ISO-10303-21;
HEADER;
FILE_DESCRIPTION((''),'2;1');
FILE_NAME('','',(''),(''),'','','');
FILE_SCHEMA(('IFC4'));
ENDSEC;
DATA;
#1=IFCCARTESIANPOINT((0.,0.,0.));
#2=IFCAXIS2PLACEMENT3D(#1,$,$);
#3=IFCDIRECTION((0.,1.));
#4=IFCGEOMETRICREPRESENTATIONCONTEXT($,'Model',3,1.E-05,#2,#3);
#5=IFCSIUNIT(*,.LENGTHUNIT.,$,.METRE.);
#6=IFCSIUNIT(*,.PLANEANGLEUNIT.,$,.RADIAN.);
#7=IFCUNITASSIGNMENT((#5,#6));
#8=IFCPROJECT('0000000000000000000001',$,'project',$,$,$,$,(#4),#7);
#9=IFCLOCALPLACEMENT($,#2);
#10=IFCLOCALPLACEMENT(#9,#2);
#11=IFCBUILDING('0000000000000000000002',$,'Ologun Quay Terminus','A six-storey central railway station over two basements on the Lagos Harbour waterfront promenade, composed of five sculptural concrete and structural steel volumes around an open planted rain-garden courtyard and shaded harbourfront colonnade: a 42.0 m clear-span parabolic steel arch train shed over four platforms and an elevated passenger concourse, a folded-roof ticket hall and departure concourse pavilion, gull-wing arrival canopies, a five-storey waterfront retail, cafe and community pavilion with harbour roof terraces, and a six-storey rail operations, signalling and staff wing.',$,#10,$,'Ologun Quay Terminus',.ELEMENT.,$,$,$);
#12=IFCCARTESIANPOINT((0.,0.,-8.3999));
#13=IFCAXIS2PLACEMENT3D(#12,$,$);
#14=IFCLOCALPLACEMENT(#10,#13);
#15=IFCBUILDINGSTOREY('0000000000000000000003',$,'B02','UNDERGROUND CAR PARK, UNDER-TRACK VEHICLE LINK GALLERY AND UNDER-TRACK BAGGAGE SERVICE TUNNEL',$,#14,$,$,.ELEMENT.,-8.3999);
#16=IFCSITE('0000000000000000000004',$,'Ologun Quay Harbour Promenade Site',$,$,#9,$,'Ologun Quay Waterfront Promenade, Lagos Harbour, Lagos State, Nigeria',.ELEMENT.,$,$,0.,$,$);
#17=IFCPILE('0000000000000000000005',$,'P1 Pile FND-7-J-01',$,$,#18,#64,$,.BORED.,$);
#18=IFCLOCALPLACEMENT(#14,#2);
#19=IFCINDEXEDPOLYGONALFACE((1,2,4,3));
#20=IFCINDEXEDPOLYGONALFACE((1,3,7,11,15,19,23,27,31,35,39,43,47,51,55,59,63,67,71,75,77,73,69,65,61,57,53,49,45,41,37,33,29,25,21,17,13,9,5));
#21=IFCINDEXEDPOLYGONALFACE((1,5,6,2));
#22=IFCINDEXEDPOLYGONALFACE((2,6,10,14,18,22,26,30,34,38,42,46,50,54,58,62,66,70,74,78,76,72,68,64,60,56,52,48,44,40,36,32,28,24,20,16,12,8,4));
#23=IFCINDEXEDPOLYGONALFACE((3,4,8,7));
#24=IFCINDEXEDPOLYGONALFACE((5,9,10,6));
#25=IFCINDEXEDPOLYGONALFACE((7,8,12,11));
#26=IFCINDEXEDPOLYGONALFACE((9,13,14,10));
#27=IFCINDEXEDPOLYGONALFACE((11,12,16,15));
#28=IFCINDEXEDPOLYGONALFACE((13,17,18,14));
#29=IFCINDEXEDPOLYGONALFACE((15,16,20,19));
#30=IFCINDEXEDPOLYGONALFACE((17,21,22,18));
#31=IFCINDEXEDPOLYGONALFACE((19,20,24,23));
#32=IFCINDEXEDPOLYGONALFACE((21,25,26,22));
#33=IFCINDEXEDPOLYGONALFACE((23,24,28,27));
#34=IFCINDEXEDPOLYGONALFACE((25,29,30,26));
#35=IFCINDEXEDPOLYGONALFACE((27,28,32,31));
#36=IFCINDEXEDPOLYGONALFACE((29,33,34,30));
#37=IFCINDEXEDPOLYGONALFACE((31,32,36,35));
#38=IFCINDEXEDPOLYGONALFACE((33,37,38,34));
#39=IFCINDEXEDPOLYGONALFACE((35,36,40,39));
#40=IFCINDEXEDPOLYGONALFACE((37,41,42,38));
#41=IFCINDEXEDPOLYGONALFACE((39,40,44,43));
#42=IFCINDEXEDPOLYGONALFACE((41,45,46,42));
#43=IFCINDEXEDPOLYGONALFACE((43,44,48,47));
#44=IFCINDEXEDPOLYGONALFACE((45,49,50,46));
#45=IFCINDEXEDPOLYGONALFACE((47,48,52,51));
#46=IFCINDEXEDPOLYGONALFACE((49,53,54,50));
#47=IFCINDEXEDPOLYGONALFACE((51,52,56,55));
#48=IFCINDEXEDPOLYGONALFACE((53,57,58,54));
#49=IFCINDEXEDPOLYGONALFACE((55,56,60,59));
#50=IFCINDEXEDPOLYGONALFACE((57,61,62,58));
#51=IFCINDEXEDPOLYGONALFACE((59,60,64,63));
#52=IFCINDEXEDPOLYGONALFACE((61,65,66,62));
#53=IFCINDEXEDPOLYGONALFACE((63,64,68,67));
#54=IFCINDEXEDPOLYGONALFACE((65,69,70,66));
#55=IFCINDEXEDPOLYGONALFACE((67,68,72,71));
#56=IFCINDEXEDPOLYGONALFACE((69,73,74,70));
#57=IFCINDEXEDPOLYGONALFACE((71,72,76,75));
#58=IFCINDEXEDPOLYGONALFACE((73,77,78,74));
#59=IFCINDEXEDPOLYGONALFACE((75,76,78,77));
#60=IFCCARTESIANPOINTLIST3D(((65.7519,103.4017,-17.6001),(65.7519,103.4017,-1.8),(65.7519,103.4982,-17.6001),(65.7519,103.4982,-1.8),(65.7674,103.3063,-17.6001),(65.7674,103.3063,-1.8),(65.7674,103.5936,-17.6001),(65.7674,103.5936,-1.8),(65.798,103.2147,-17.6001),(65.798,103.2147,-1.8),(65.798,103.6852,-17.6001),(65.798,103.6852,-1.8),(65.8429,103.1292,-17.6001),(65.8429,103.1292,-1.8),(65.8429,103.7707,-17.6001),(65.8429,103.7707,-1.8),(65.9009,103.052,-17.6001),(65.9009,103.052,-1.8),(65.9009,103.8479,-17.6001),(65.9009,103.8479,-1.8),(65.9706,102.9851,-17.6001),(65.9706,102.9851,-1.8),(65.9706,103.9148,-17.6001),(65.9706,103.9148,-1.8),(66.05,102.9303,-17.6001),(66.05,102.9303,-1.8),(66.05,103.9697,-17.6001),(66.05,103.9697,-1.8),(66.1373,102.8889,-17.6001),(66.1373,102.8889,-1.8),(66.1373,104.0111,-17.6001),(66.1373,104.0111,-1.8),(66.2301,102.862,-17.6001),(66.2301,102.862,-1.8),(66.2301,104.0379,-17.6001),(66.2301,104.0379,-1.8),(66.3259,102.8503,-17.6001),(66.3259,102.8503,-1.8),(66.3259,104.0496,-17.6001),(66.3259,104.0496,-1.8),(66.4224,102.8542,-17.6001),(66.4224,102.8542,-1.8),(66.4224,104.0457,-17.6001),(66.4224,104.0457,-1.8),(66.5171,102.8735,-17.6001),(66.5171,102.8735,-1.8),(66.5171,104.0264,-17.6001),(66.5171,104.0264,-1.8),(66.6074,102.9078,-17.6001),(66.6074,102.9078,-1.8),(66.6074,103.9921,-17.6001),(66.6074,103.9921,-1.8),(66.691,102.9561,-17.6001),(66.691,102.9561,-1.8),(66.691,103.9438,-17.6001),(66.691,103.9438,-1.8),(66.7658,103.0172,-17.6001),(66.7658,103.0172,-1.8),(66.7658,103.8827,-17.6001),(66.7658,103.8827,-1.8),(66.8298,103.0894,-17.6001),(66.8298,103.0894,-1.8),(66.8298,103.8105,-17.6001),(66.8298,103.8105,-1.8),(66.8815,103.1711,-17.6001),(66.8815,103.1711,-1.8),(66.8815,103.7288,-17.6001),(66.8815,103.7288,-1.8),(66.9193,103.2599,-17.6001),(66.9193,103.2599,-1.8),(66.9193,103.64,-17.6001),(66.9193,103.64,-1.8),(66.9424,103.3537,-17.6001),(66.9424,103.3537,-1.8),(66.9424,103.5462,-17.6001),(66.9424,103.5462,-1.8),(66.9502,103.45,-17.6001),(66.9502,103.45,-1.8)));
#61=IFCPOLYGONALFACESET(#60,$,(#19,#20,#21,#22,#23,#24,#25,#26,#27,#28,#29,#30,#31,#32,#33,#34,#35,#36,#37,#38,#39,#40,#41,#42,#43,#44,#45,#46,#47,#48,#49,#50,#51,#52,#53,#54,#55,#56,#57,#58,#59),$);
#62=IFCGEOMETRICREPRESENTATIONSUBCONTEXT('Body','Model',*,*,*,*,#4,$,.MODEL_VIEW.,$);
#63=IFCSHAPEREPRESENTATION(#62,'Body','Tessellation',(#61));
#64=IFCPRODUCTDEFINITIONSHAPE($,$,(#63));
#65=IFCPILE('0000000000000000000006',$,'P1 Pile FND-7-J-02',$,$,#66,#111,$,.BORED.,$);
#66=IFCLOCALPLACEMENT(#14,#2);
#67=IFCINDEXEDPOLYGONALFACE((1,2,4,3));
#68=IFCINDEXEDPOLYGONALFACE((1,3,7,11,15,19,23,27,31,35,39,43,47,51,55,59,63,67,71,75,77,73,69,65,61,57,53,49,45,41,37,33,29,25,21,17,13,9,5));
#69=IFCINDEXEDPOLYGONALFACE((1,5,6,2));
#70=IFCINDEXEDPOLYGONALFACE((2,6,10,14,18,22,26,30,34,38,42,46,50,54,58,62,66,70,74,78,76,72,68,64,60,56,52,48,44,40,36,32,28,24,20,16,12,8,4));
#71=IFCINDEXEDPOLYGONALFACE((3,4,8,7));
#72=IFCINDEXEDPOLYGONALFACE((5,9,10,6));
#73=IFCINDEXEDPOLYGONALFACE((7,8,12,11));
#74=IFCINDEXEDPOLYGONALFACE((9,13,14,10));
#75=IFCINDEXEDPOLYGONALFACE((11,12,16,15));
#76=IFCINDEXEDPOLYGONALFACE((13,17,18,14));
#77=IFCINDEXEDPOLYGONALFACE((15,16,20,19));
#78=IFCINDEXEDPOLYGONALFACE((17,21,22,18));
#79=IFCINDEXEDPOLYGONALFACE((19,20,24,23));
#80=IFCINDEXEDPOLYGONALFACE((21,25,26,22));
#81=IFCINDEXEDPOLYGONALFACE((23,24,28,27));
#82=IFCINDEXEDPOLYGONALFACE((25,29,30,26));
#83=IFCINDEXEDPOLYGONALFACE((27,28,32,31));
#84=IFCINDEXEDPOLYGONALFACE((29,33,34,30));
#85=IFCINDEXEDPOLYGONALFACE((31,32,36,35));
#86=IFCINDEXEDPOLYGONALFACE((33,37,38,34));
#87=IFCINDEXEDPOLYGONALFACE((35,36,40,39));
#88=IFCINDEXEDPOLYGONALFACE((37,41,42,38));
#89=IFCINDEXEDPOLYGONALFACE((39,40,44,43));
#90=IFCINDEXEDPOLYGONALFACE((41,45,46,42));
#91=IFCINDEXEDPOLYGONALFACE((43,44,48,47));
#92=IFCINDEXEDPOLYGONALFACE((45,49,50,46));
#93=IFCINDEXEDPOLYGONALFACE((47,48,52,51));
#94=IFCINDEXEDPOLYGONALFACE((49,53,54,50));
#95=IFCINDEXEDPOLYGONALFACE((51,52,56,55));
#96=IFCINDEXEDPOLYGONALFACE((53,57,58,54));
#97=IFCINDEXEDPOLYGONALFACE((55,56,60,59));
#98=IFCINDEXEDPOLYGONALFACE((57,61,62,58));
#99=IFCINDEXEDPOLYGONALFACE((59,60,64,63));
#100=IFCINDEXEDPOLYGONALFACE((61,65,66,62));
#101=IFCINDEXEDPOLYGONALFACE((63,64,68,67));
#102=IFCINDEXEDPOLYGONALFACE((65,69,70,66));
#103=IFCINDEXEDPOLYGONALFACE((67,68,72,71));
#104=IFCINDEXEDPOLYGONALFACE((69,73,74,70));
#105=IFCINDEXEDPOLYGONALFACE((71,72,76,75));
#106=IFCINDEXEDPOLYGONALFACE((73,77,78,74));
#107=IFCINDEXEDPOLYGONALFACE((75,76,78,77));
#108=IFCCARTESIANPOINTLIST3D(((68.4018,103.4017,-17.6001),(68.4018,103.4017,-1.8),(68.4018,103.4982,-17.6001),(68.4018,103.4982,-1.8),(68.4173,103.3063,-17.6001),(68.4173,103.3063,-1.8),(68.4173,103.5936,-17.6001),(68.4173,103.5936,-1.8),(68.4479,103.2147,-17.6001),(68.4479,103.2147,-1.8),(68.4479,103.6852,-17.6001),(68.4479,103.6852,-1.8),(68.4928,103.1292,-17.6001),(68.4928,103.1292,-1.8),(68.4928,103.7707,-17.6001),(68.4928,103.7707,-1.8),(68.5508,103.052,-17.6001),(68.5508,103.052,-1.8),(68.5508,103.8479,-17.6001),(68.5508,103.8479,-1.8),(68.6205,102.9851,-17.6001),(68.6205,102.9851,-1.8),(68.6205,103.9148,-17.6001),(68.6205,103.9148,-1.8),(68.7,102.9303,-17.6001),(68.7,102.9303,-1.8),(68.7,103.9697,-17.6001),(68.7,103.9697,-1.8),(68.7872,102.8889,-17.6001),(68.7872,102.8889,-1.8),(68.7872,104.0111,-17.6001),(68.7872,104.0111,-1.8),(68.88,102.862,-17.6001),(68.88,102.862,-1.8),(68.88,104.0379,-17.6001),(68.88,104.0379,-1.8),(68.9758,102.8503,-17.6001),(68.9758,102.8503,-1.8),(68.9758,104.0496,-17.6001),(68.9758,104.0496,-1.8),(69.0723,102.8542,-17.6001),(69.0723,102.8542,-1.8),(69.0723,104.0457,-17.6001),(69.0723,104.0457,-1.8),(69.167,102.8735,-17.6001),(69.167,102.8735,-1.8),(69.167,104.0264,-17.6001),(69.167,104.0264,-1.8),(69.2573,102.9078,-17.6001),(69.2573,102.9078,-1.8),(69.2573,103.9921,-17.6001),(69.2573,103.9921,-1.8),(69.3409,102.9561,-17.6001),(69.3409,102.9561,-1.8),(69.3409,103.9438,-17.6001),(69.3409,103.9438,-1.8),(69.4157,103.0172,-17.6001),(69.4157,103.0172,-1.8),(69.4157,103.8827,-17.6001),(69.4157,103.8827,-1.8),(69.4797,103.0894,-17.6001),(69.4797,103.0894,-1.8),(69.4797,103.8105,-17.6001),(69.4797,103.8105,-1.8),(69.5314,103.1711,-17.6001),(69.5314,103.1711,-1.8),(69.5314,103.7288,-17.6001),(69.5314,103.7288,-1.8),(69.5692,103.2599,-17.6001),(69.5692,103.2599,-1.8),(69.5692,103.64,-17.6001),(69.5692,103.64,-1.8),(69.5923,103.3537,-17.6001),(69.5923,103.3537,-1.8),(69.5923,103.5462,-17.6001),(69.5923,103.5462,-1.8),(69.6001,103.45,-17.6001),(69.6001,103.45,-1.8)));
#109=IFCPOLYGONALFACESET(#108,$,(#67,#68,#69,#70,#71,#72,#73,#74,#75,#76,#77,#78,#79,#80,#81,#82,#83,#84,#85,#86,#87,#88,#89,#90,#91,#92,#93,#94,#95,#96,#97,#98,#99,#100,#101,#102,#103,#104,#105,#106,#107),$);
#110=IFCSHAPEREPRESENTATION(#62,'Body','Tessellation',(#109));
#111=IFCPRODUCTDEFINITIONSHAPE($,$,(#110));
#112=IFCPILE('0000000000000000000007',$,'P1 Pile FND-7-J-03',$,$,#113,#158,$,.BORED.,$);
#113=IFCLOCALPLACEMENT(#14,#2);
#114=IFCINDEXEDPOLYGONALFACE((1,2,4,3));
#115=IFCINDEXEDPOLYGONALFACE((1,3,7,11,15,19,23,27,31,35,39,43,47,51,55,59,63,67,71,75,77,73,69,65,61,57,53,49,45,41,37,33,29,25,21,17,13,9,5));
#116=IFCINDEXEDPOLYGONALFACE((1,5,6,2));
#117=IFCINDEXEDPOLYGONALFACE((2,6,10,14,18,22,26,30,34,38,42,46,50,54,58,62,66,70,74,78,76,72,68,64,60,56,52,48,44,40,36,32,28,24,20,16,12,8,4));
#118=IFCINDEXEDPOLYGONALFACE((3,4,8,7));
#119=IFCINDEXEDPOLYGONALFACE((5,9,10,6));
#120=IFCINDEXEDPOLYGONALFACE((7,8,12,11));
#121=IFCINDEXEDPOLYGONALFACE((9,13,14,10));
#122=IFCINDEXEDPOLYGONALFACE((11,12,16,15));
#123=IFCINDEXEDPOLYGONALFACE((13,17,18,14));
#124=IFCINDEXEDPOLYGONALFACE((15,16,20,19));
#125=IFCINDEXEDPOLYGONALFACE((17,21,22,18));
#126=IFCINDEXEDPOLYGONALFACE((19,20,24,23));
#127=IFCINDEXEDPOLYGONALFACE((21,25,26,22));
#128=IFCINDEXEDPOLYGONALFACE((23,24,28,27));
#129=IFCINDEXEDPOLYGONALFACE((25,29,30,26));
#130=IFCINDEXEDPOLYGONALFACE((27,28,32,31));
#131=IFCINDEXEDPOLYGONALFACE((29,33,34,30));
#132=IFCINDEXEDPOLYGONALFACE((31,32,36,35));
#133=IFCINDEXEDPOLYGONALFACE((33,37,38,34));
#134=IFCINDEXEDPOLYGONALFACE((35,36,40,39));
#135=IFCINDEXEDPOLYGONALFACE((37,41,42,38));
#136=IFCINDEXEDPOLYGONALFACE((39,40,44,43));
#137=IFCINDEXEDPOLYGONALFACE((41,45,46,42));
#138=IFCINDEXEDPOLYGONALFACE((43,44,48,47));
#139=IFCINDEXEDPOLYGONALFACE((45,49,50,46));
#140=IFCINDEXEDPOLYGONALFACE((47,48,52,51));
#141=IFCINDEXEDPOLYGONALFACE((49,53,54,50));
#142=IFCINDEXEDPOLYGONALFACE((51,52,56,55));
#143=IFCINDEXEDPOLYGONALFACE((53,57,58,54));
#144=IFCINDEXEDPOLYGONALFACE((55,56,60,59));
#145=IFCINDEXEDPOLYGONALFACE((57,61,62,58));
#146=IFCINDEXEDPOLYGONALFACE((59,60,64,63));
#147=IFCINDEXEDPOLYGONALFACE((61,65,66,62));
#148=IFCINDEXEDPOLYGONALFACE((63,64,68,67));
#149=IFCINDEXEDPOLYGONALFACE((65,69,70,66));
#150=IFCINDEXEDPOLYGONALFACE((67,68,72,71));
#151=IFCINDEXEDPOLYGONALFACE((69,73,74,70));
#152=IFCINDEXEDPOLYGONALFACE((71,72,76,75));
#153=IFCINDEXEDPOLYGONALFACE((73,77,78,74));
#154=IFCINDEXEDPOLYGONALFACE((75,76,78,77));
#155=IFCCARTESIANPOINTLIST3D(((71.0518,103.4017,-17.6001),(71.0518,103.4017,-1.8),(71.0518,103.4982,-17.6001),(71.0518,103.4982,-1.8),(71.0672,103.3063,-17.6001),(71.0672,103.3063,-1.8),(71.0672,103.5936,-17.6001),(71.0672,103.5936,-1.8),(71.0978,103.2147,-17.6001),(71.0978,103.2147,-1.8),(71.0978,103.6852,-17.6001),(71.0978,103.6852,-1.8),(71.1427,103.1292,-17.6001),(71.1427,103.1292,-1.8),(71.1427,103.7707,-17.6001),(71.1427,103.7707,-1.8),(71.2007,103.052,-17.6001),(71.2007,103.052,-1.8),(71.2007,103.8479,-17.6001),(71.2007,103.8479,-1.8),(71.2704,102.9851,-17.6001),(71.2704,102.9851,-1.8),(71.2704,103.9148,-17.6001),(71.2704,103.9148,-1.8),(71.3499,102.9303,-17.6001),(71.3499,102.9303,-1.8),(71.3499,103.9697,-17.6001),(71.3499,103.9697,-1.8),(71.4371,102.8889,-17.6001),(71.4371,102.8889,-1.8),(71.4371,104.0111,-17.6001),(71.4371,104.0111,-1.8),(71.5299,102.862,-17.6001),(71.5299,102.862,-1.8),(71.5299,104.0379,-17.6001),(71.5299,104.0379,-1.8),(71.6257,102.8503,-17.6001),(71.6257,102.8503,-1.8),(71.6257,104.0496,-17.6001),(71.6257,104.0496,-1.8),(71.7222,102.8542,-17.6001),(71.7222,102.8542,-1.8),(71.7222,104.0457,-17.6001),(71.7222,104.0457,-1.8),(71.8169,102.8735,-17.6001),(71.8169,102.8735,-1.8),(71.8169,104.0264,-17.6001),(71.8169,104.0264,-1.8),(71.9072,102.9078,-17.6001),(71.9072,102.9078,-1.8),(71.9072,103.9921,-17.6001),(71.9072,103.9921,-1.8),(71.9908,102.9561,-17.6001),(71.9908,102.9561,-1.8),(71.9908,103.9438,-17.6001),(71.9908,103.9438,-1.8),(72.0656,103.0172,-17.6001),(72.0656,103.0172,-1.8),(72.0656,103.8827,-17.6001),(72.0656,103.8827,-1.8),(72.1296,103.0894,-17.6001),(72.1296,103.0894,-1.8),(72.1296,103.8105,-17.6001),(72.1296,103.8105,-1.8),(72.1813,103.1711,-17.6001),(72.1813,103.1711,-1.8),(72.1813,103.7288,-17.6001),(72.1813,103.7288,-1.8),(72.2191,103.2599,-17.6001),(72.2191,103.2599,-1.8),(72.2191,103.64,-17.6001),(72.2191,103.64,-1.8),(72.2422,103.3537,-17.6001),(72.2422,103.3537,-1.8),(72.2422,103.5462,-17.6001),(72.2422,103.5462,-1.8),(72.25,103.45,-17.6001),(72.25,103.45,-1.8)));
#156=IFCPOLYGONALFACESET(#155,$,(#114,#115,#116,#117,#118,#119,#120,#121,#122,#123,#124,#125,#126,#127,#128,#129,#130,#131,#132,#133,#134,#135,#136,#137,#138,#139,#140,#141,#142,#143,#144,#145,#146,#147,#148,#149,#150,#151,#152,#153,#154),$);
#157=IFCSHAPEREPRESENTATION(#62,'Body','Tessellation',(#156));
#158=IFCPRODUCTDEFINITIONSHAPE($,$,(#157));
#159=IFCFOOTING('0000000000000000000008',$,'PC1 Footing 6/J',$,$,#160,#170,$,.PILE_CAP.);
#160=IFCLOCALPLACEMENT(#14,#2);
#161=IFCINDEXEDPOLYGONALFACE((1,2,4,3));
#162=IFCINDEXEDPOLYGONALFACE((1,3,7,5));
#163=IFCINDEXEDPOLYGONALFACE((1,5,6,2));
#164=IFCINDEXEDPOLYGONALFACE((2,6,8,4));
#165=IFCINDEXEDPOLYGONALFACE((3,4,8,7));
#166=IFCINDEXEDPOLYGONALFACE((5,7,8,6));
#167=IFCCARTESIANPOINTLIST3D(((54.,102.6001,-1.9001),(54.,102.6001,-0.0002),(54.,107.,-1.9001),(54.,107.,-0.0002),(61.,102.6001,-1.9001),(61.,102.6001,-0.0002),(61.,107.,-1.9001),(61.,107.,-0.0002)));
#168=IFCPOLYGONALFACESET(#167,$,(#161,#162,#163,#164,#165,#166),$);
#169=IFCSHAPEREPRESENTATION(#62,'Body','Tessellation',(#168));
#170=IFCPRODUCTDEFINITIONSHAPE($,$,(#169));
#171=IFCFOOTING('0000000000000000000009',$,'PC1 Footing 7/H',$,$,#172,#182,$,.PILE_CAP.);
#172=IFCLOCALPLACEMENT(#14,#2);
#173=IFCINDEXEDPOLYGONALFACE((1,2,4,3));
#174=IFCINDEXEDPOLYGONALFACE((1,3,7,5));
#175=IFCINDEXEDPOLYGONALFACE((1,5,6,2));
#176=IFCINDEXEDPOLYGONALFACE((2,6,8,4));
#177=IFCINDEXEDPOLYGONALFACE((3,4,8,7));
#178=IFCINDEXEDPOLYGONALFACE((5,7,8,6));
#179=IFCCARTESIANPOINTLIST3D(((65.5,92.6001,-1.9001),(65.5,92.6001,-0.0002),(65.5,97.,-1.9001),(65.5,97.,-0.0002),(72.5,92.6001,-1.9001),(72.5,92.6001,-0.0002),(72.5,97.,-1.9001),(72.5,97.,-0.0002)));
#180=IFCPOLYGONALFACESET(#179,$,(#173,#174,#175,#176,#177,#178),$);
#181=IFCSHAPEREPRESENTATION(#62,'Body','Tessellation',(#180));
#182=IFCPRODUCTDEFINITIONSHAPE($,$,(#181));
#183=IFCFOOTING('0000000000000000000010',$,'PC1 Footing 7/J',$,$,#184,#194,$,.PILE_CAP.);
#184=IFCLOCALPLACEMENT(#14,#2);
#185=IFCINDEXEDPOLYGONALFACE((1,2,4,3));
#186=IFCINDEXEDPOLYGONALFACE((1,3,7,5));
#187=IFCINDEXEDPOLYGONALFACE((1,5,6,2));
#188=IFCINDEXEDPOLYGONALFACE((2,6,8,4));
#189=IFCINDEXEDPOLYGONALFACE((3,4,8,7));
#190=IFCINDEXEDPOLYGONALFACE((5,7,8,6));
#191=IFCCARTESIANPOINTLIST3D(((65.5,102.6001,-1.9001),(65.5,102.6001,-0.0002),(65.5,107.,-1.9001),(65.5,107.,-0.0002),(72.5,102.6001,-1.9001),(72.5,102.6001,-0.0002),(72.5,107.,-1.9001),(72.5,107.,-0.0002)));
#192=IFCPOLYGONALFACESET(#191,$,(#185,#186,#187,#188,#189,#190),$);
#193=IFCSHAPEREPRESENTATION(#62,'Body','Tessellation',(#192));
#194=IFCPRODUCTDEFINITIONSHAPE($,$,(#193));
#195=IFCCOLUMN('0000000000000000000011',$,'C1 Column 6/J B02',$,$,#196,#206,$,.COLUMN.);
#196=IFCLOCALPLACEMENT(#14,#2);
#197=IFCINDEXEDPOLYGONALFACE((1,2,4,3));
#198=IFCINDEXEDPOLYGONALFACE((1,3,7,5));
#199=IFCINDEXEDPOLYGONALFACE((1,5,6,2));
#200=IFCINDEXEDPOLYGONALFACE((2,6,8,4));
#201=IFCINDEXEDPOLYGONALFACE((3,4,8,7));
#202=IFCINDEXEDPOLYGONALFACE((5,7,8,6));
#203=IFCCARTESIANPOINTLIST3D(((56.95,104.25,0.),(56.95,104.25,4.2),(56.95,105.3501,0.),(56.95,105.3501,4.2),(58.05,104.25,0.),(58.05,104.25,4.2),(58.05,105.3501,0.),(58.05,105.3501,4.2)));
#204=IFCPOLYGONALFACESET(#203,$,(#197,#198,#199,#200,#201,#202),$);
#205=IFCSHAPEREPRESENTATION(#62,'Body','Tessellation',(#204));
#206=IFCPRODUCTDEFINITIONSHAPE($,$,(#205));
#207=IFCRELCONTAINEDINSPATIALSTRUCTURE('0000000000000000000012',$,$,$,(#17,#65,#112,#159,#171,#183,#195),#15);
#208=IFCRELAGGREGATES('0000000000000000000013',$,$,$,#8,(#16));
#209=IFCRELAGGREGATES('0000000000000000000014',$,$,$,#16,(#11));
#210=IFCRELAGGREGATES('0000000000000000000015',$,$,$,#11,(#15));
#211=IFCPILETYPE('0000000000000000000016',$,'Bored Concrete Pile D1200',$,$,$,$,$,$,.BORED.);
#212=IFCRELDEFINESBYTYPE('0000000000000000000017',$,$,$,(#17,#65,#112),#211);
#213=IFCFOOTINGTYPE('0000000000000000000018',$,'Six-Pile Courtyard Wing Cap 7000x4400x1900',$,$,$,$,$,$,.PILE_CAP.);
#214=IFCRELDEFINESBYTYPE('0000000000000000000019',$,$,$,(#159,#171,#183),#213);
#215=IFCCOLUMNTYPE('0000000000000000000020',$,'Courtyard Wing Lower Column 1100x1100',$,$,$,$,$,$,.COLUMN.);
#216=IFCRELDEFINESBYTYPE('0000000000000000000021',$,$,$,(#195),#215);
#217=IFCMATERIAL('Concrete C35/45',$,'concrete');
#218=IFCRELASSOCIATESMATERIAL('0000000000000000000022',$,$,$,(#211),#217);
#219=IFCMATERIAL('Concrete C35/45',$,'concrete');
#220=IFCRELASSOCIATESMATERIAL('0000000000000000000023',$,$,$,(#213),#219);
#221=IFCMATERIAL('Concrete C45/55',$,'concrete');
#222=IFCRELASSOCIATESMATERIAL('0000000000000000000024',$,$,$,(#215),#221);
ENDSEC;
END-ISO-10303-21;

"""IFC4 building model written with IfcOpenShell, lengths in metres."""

from ifc_helpers import new_model, si_unit, direction, frame, origin, origin_2d, place, context, subcontext, project, spatial, rectangle, circle, extrude, material, material_profile, profile_set, type_object, element, save


model = new_model("IFC4")

# Units and contexts
model_context = context("Model", 3, precision=1e-05, world=origin(), true_north=direction((0.0, 1.0)))
body_context = subcontext(model_context, "Body", "Model", "MODEL_VIEW")
ifc_project = project(units=[si_unit("LENGTHUNIT", "METRE"), si_unit("PLANEANGLEUNIT", "RADIAN")], contexts=[model_context])

# Site, building, storey
site_placement = place(None, origin())
site = spatial("IfcSite", under=ifc_project, at=site_placement, Name="Ologun Quay Harbour Promenade Site", LongName="Ologun Quay Waterfront Promenade, Lagos Harbour, Lagos State, Nigeria", CompositionType="ELEMENT", RefElevation=0.0)
building_placement = place(site_placement, origin())
building = spatial("IfcBuilding", under=site, at=building_placement, Name="Ologun Quay Terminus", Description="A six-storey central railway station over two basements on the Lagos Harbour waterfront promenade, composed of five sculptural concrete and structural steel volumes around an open planted rain-garden courtyard and shaded harbourfront colonnade: a 42.0 m clear-span parabolic steel arch train shed over four platforms and an elevated passenger concourse, a folded-roof ticket hall and departure concourse pavilion, gull-wing arrival canopies, a five-storey waterfront retail, cafe and community pavilion with harbour roof terraces, and a six-storey rail operations, signalling and staff wing.", LongName="Ologun Quay Terminus", CompositionType="ELEMENT")
storey_placement = place(building_placement, frame((0.0, 0.0, -8.3999)))
storey = spatial("IfcBuildingStorey", under=building, at=storey_placement, Name="B02", Description="UNDERGROUND CAR PARK, UNDER-TRACK VEHICLE LINK GALLERY AND UNDER-TRACK BAGGAGE SERVICE TUNNEL", CompositionType="ELEMENT", Elevation=-8.3999)

# Piles
ifc_material_1 = material(Name="Concrete C35/45", Category="concrete")
ifc_material_profile_1 = material_profile(ifc_material_1, circle(Radius=0.6001, at=origin_2d()), Name="PILE D1200")
ifc_profile_set_1 = profile_set([ifc_material_profile_1], Name="Concrete C35/45")
pile_type = type_object("IfcPileType", Name="Bored Concrete Pile D1200", PredefinedType="BORED", material=ifc_profile_set_1)
for number, where, z_axis, x_axis, name in (
    (1, (66.3501, 103.45, -1.8), (0.0, 0.0, -1.0), (1.0, 0.0, 0.0), "P1 Pile FND-7-J-01"),
    (2, (69.0, 103.45, -1.8), (0.0, 0.0, -1.0), (1.0, 0.0, 0.0), "P1 Pile FND-7-J-02"),
    (3, (71.6499, 103.45, -1.8), (0.0, 0.0, -1.0), (1.0, 0.0, 0.0), "P1 Pile FND-7-J-03"),
):
    element("IfcPile", number, at=place(storey_placement, frame(where, z_axis=z_axis, x_axis=x_axis)), inside=storey, type_object=pile_type, Name=name, PredefinedType="BORED", context=body_context, shape_type="SweptSolid", body=[
        extrude(circle(Radius=0.6001, at=origin_2d()), origin(), (0.0, 0.0, 1.0), 15.8),
    ])

# Footings
ifc_material_2 = material(Name="Concrete C35/45", Category="concrete")
footing_type = type_object("IfcFootingType", Name="Six-Pile Courtyard Wing Cap 7000x4400x1900", PredefinedType="PILE_CAP", material=ifc_material_2)
for number, where, z_axis, x_axis, name in (
    (4, (57.5, 104.8, -1.9001), (0.0, 0.0, 1.0), (1.0, 0.0, 0.0), "PC1 Footing 6/J"),
    (5, (69.0, 94.8, -1.9001), (0.0, 0.0, 1.0), (1.0, 0.0, 0.0), "PC1 Footing 7/H"),
    (6, (69.0, 104.8, -1.9001), (0.0, 0.0, 1.0), (1.0, 0.0, 0.0), "PC1 Footing 7/J"),
):
    element("IfcFooting", number, at=place(storey_placement, frame(where, z_axis=z_axis, x_axis=x_axis)), inside=storey, type_object=footing_type, Name=name, PredefinedType="PILE_CAP", context=body_context, shape_type="SweptSolid", body=[
        extrude(rectangle(XDim=7.0, YDim=4.3999, at=origin_2d()), origin(), (0.0, 0.0, 1.0), 1.8999),
    ])

# Column
ifc_material_3 = material(Name="Concrete C45/55", Category="concrete")
ifc_material_profile_2 = material_profile(ifc_material_3, rectangle(XDim=1.1001, YDim=1.1001, at=origin_2d()), Name="RC 1100x1100")
ifc_profile_set_2 = profile_set([ifc_material_profile_2], Name="Concrete C45/55")
column_type = type_object("IfcColumnType", Name="Courtyard Wing Lower Column 1100x1100", PredefinedType="COLUMN", material=ifc_profile_set_2)
for number, where, z_axis, x_axis, name in (
    (7, (57.5, 104.8, 0.0), (0.0, 0.0, 1.0), (1.0, 0.0, 0.0), "C1 Column 6/J B02"),
):
    element("IfcColumn", number, at=place(storey_placement, frame(where, z_axis=z_axis, x_axis=x_axis)), inside=storey, type_object=column_type, Name=name, PredefinedType="COLUMN", context=body_context, shape_type="SweptSolid", body=[
        extrude(rectangle(XDim=1.1001, YDim=1.1001, at=origin_2d()), origin(), (0.0, 0.0, 1.0), 4.2),
    ])

save(model, "model.ifc")
